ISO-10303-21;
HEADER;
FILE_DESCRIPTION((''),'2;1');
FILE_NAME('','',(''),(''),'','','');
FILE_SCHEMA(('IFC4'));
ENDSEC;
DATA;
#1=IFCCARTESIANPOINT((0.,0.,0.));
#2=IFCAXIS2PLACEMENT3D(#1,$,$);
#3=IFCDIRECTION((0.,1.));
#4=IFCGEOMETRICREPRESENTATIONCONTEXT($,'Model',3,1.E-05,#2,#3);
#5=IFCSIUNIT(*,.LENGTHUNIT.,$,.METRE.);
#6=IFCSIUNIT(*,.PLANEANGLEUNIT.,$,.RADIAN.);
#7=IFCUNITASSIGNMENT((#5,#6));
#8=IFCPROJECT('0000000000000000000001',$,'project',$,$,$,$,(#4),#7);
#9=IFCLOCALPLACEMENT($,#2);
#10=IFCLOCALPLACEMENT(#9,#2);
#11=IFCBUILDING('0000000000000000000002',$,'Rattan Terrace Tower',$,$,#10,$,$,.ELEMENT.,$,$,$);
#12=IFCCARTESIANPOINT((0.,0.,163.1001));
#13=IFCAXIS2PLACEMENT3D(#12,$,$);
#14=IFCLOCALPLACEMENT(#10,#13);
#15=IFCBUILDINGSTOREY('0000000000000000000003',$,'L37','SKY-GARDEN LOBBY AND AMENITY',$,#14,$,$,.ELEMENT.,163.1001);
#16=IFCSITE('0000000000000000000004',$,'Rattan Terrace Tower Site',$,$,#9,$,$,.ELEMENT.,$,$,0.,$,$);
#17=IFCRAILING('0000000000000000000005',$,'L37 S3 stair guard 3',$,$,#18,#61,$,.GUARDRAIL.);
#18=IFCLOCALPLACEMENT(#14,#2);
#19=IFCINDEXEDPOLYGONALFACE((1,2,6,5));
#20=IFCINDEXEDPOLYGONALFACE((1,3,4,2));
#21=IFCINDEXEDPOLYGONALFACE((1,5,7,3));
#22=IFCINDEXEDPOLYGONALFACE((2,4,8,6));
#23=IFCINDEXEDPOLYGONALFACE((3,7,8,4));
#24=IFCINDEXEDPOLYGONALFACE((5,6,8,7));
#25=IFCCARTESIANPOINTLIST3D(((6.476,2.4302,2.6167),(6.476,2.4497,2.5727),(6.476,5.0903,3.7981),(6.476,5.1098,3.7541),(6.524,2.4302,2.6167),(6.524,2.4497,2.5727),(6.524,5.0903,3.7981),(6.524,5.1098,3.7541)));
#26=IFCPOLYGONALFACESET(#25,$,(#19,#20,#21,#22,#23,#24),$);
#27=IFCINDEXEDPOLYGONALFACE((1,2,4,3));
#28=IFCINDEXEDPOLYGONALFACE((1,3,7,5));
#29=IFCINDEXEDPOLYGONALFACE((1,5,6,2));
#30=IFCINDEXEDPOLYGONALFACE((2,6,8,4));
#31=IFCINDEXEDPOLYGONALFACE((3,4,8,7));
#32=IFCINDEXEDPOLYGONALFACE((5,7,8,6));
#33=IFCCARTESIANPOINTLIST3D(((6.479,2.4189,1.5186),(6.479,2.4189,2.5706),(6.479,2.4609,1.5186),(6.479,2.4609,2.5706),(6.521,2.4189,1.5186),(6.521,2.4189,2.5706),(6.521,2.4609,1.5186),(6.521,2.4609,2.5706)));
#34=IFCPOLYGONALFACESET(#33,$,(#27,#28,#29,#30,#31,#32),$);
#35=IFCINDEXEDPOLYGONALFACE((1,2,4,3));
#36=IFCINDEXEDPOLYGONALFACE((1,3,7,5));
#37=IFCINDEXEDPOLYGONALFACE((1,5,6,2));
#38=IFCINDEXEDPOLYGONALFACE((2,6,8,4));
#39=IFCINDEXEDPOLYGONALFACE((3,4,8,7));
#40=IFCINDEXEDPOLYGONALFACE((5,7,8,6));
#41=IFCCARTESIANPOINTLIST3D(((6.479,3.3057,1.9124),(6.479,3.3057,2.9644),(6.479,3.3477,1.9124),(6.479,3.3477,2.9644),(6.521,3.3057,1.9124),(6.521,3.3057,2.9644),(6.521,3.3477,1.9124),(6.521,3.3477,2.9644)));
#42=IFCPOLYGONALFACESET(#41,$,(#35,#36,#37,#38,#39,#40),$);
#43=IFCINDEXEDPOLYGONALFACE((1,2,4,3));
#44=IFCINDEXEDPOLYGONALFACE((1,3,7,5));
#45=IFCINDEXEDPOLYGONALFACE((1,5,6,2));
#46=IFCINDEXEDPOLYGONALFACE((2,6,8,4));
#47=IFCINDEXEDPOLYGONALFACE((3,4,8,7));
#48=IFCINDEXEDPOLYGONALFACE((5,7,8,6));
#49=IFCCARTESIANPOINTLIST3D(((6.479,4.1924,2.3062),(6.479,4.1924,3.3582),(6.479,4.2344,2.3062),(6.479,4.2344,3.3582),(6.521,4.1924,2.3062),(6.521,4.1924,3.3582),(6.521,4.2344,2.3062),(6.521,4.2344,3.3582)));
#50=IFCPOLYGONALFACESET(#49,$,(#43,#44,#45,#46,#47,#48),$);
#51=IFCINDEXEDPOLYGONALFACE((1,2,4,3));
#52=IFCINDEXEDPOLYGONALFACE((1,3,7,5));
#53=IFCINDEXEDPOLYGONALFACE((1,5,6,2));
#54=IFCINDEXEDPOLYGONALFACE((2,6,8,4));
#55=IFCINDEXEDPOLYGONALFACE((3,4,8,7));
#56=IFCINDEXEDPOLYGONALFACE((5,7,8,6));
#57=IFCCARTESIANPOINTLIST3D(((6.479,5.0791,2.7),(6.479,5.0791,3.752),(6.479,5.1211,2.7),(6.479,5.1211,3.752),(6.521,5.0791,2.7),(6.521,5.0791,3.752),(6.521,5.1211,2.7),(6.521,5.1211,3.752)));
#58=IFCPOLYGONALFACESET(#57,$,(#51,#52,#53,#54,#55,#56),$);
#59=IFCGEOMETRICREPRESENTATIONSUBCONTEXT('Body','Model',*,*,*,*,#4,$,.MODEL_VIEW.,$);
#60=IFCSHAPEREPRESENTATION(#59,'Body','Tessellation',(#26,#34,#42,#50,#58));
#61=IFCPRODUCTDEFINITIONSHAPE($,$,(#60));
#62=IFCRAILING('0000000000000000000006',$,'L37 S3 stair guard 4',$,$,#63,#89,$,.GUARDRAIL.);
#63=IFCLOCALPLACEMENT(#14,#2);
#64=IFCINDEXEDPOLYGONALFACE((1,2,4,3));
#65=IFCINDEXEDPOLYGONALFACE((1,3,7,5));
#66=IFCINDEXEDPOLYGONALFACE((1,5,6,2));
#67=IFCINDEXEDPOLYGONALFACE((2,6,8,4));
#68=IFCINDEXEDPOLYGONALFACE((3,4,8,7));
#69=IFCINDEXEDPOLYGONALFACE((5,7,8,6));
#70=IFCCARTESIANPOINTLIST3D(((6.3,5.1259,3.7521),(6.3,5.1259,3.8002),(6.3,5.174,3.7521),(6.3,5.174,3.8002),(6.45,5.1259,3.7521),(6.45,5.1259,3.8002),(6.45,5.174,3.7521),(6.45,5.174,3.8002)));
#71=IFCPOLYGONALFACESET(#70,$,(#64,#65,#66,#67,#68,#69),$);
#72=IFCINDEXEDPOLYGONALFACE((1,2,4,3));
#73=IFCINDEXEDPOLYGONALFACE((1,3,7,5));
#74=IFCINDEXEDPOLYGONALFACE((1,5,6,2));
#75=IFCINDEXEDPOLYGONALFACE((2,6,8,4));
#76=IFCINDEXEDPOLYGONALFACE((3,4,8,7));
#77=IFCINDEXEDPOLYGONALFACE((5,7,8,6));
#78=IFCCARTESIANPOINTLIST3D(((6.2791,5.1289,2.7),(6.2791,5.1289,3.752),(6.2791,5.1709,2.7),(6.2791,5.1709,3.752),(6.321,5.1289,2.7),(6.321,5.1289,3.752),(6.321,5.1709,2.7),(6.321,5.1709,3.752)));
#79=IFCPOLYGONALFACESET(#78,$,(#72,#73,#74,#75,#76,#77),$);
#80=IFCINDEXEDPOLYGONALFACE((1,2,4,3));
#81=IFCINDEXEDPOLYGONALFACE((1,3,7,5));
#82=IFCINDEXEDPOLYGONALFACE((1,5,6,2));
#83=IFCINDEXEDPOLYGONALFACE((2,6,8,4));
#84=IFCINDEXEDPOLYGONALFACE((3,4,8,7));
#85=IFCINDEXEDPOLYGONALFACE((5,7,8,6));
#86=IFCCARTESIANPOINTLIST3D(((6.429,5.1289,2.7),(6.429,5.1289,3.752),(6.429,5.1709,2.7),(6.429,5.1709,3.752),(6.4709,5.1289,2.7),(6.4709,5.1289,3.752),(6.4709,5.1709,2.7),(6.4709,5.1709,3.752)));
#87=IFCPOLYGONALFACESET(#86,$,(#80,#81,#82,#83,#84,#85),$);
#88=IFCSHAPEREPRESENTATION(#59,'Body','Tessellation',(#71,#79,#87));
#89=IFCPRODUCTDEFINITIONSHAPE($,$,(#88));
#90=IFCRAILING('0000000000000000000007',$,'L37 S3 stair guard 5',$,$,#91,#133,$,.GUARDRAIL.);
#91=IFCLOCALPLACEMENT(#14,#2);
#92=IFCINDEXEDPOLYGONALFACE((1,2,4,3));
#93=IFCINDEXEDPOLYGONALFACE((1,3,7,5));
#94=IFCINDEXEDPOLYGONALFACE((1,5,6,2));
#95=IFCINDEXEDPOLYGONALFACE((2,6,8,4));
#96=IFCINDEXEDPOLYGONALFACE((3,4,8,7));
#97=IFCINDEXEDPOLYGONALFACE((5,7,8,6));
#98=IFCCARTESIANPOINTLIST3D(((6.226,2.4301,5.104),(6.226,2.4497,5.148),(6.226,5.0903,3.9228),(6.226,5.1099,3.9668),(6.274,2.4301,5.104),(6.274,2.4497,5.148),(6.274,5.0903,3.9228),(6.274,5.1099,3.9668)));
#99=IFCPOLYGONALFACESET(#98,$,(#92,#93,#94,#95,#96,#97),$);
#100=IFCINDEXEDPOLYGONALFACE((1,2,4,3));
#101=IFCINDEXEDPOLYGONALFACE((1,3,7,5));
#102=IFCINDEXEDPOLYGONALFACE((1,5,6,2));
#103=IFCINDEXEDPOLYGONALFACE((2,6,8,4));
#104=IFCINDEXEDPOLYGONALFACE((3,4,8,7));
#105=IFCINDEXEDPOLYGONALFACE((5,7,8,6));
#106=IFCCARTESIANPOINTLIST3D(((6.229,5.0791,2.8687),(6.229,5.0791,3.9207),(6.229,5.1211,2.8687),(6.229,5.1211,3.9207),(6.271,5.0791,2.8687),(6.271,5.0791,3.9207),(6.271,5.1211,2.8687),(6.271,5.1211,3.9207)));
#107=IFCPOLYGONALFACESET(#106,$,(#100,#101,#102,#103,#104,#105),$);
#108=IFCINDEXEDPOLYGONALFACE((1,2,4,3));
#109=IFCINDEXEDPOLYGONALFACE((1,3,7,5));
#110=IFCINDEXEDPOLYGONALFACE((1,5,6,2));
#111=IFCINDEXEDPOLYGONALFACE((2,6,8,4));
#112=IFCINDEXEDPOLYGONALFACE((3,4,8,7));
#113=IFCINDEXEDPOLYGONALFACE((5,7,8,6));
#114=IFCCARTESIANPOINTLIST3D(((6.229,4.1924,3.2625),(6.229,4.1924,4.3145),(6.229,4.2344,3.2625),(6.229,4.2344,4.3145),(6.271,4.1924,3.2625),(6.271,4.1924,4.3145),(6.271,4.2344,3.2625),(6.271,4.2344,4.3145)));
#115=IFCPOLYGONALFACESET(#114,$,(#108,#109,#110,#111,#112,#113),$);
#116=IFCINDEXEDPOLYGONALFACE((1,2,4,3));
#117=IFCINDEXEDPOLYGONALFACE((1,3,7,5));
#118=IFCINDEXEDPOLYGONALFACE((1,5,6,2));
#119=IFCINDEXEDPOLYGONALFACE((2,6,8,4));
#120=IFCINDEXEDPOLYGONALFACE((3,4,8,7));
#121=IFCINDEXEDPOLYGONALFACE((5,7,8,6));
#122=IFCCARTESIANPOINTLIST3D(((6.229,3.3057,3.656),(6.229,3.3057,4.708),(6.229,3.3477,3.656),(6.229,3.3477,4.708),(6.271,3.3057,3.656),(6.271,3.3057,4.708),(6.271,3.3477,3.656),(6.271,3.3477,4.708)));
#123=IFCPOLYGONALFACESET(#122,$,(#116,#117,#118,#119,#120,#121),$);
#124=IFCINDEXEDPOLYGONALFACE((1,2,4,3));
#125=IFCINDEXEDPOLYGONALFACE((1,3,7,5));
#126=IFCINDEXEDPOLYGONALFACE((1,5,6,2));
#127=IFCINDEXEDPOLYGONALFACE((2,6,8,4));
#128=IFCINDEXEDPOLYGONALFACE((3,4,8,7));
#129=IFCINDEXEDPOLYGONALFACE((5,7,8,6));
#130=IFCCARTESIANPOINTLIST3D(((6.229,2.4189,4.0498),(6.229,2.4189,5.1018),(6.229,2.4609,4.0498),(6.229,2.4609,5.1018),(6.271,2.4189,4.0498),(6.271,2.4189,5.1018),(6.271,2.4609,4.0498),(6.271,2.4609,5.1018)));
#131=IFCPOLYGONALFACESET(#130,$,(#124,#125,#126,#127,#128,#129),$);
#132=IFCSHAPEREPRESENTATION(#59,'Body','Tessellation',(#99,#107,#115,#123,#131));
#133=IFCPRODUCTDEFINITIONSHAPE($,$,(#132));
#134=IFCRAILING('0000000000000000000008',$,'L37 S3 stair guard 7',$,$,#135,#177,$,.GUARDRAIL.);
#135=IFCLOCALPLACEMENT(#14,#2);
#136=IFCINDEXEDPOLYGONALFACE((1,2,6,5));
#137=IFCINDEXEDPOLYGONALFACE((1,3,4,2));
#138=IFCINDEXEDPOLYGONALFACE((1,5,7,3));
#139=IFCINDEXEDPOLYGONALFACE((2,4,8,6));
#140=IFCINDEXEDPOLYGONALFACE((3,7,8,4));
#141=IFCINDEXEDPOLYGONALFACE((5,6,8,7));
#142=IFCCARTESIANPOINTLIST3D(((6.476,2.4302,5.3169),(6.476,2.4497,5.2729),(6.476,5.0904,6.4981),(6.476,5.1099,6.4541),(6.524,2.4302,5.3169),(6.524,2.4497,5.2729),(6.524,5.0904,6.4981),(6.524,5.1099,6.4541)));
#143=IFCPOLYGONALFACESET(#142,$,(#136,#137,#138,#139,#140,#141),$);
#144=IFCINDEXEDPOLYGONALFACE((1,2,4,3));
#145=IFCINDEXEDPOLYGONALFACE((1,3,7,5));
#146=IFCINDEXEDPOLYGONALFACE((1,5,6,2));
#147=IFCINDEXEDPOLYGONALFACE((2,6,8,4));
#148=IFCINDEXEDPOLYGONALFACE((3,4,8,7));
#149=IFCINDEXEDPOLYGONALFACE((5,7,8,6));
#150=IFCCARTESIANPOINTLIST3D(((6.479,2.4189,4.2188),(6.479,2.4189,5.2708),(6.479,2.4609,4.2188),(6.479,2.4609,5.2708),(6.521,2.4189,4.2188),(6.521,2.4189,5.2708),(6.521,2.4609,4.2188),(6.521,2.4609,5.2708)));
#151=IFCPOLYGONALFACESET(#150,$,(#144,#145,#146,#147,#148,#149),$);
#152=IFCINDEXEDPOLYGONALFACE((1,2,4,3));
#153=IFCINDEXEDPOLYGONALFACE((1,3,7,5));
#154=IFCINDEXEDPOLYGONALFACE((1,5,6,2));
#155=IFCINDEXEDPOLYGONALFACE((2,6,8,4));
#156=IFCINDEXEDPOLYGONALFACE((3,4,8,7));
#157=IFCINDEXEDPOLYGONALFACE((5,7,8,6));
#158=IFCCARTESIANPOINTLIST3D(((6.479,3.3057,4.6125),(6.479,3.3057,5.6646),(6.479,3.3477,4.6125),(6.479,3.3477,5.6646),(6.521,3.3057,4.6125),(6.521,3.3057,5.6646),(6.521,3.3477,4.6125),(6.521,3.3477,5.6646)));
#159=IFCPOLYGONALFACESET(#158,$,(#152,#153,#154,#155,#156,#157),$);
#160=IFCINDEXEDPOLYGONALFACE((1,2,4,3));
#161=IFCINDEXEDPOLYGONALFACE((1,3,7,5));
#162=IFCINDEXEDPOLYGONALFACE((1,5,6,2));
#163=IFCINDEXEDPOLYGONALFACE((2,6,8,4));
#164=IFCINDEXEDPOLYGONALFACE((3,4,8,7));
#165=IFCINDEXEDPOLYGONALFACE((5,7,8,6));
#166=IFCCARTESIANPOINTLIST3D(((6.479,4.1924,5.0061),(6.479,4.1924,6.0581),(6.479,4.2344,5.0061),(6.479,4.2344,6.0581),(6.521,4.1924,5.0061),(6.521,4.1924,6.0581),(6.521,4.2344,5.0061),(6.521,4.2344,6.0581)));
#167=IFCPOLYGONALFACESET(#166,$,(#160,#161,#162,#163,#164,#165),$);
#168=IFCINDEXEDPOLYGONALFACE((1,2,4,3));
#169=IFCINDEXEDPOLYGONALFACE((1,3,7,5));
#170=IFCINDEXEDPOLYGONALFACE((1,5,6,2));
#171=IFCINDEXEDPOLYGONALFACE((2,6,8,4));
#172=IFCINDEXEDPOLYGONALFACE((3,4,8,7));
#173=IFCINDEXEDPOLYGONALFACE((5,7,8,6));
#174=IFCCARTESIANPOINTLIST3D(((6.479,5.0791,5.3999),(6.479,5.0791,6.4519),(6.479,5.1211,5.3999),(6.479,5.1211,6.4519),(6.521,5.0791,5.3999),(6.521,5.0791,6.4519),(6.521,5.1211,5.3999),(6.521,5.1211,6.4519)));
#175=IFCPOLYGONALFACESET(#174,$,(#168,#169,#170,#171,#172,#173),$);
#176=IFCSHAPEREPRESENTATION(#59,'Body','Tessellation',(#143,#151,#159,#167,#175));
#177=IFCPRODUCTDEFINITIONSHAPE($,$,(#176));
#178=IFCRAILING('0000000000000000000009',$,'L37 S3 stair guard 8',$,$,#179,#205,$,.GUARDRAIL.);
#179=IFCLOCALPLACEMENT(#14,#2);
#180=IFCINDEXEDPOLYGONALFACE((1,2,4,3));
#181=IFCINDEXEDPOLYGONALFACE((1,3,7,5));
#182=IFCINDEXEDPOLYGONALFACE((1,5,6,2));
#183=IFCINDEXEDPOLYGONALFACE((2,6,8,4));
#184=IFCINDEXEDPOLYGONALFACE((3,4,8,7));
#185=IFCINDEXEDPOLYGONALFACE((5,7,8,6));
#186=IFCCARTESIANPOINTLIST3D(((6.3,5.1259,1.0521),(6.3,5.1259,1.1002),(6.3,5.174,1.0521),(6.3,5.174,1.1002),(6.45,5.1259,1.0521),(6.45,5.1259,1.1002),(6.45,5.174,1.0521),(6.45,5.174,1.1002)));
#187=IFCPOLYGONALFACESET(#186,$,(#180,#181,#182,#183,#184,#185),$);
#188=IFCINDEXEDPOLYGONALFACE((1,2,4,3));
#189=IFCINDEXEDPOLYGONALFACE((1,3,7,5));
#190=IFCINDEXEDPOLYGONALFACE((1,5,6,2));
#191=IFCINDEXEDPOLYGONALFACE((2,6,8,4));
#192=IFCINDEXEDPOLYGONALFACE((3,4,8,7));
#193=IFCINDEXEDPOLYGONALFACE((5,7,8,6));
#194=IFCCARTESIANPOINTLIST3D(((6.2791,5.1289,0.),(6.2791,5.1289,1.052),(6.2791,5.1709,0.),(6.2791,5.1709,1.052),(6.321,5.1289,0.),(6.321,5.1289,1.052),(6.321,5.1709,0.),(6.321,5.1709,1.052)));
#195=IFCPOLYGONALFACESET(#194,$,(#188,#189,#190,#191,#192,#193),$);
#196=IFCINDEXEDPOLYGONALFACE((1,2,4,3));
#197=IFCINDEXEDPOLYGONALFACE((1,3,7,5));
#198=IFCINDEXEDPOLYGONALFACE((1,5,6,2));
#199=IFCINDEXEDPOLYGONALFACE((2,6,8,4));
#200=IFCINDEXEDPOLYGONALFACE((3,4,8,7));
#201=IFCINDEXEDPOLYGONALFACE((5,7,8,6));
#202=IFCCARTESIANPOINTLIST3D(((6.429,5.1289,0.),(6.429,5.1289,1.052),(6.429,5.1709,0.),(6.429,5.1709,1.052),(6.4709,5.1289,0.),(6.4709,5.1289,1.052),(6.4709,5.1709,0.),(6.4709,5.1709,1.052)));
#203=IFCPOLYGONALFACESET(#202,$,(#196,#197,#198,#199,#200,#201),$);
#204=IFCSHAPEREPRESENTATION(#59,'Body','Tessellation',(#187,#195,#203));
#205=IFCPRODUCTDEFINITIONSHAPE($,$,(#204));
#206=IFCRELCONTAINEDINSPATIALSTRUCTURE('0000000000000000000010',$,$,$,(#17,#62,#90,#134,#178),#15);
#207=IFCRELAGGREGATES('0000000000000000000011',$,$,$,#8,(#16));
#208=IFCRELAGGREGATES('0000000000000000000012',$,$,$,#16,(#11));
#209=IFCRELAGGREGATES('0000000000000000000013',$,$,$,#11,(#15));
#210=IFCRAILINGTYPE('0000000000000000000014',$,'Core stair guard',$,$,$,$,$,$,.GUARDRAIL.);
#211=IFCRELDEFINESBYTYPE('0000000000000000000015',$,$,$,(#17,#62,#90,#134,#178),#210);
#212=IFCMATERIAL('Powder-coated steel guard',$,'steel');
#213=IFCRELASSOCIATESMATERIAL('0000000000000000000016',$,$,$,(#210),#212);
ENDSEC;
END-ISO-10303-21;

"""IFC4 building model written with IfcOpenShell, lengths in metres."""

from ifc_helpers import new_model, si_unit, direction, frame, origin, origin_2d, place, context, subcontext, project, spatial, rectangle, extrude, material, type_object, element, save


model = new_model("IFC4")

# Units and contexts
model_context = context("Model", 3, precision=1e-05, world=origin(), true_north=direction((0.0, 1.0)))
body_context = subcontext(model_context, "Body", "Model", "MODEL_VIEW")
ifc_project = project(units=[si_unit("LENGTHUNIT", "METRE"), si_unit("PLANEANGLEUNIT", "RADIAN")], contexts=[model_context])

# Site, building, storey
site_placement = place(None, origin())
site = spatial("IfcSite", under=ifc_project, at=site_placement, Name="Rattan Terrace Tower Site", CompositionType="ELEMENT", RefElevation=0.0)
building_placement = place(site_placement, origin())
building = spatial("IfcBuilding", under=site, at=building_placement, Name="Rattan Terrace Tower", CompositionType="ELEMENT")
storey_placement = place(building_placement, frame((0.0, 0.0, 163.1001)))
storey = spatial("IfcBuildingStorey", under=building, at=storey_placement, Name="L37", Description="SKY-GARDEN LOBBY AND AMENITY", CompositionType="ELEMENT", Elevation=163.1001)

# Railings
ifc_material_1 = material(Name="Powder-coated steel guard", Category="steel")
railing_type_1 = type_object("IfcRailingType", Name="Core stair guard", PredefinedType="GUARDRAIL", material=ifc_material_1)
railing_1_placement = place(storey_placement, frame((6.5, 2.4399, 1.5186)))
element("IfcRailing", 1, at=railing_1_placement, inside=storey, type_object=railing_type_1, Name="L37 S3 stair guard 3", PredefinedType="GUARDRAIL", context=body_context, shape_type="SweptSolid", body=[
    extrude(rectangle(XDim=0.0481, YDim=0.0481, at=origin_2d()), frame((0.0, 0.0, 1.0762), z_axis=(0.0, 0.913926, 0.405882), x_axis=(-1.0, 0.0, 0.0)), (0.0, 0.0, 1.0), 2.9106),
    extrude(rectangle(XDim=0.042, YDim=0.042, at=origin_2d()), origin(), (0.0, 0.0, 1.0), 1.052),
    extrude(rectangle(XDim=0.042, YDim=0.042, at=origin_2d()), frame((0.0, 0.8867, 0.3938)), (0.0, 0.0, 1.0), 1.052),
    extrude(rectangle(XDim=0.042, YDim=0.042, at=origin_2d()), frame((0.0, 1.7734, 0.7876)), (0.0, 0.0, 1.0), 1.052),
    extrude(rectangle(XDim=0.042, YDim=0.042, at=origin_2d()), frame((0.0, 2.6602, 1.1814)), (0.0, 0.0, 1.0), 1.052),
])
railing_2_placement = place(storey_placement, frame((6.3, 5.1499, 2.7)))
element("IfcRailing", 2, at=railing_2_placement, inside=storey, type_object=railing_type_1, Name="L37 S3 stair guard 4", PredefinedType="GUARDRAIL", context=body_context, shape_type="SweptSolid", body=[
    extrude(rectangle(XDim=0.0481, YDim=0.0481, at=origin_2d()), frame((0.0, 0.0, 1.0762), z_axis=(1.0, 0.0, 0.0), x_axis=(0.0, 1.0, 0.0)), (0.0, 0.0, 1.0), 0.1499),
    extrude(rectangle(XDim=0.042, YDim=0.042, at=origin_2d()), origin(), (0.0, 0.0, 1.0), 1.052),
    extrude(rectangle(XDim=0.042, YDim=0.042, at=origin_2d()), frame((0.1499, 0.0, 0.0)), (0.0, 0.0, 1.0), 1.052),
])
railing_3_placement = place(storey_placement, frame((6.25, 5.1001, 2.8687)))
element("IfcRailing", 3, at=railing_3_placement, inside=storey, type_object=railing_type_1, Name="L37 S3 stair guard 5", PredefinedType="GUARDRAIL", context=body_context, shape_type="SweptSolid", body=[
    extrude(rectangle(XDim=0.0481, YDim=0.0481, at=origin_2d()), frame((0.0, 0.0, 1.0762), z_axis=(0.0, -0.913957, 0.405812), x_axis=(1.0, 0.0, 0.0)), (0.0, 0.0, 1.0), 2.9106),
    extrude(rectangle(XDim=0.042, YDim=0.042, at=origin_2d()), origin(), (0.0, 0.0, 1.0), 1.052),
    extrude(rectangle(XDim=0.042, YDim=0.042, at=origin_2d()), frame((0.0, -0.8867, 0.3938)), (0.0, 0.0, 1.0), 1.052),
    extrude(rectangle(XDim=0.042, YDim=0.042, at=origin_2d()), frame((0.0, -1.7734, 0.7874)), (0.0, 0.0, 1.0), 1.052),
    extrude(rectangle(XDim=0.042, YDim=0.042, at=origin_2d()), frame((0.0, -2.6602, 1.1812)), (0.0, 0.0, 1.0), 1.052),
])
railing_4_placement = place(storey_placement, frame((6.5, 2.4399, 4.2188)))
element("IfcRailing", 4, at=railing_4_placement, inside=storey, type_object=railing_type_1, Name="L37 S3 stair guard 7", PredefinedType="GUARDRAIL", context=body_context, shape_type="SweptSolid", body=[
    extrude(rectangle(XDim=0.0481, YDim=0.0481, at=origin_2d()), frame((0.0, 0.0, 1.0762), z_axis=(0.0, 0.913957, 0.405812), x_axis=(-1.0, 0.0, 0.0)), (0.0, 0.0, 1.0), 2.9106),
    extrude(rectangle(XDim=0.042, YDim=0.042, at=origin_2d()), origin(), (0.0, 0.0, 1.0), 1.052),
    extrude(rectangle(XDim=0.042, YDim=0.042, at=origin_2d()), frame((0.0, 0.8867, 0.3938)), (0.0, 0.0, 1.0), 1.052),
    extrude(rectangle(XDim=0.042, YDim=0.042, at=origin_2d()), frame((0.0, 1.7734, 0.7874)), (0.0, 0.0, 1.0), 1.052),
    extrude(rectangle(XDim=0.042, YDim=0.042, at=origin_2d()), frame((0.0, 2.6602, 1.1812)), (0.0, 0.0, 1.0), 1.052),
])
railing_5_placement = place(storey_placement, frame((6.3, 5.1499, 0.0)))
element("IfcRailing", 5, at=railing_5_placement, inside=storey, type_object=railing_type_1, Name="L37 S3 stair guard 8", PredefinedType="GUARDRAIL", context=body_context, shape_type="SweptSolid", body=[
    extrude(rectangle(XDim=0.0481, YDim=0.0481, at=origin_2d()), frame((0.0, 0.0, 1.0762), z_axis=(1.0, 0.0, 0.0), x_axis=(0.0, 1.0, 0.0)), (0.0, 0.0, 1.0), 0.1499),
    extrude(rectangle(XDim=0.042, YDim=0.042, at=origin_2d()), origin(), (0.0, 0.0, 1.0), 1.052),
    extrude(rectangle(XDim=0.042, YDim=0.042, at=origin_2d()), frame((0.1499, 0.0, 0.0)), (0.0, 0.0, 1.0), 1.052),
])

save(model, "model.ifc")
